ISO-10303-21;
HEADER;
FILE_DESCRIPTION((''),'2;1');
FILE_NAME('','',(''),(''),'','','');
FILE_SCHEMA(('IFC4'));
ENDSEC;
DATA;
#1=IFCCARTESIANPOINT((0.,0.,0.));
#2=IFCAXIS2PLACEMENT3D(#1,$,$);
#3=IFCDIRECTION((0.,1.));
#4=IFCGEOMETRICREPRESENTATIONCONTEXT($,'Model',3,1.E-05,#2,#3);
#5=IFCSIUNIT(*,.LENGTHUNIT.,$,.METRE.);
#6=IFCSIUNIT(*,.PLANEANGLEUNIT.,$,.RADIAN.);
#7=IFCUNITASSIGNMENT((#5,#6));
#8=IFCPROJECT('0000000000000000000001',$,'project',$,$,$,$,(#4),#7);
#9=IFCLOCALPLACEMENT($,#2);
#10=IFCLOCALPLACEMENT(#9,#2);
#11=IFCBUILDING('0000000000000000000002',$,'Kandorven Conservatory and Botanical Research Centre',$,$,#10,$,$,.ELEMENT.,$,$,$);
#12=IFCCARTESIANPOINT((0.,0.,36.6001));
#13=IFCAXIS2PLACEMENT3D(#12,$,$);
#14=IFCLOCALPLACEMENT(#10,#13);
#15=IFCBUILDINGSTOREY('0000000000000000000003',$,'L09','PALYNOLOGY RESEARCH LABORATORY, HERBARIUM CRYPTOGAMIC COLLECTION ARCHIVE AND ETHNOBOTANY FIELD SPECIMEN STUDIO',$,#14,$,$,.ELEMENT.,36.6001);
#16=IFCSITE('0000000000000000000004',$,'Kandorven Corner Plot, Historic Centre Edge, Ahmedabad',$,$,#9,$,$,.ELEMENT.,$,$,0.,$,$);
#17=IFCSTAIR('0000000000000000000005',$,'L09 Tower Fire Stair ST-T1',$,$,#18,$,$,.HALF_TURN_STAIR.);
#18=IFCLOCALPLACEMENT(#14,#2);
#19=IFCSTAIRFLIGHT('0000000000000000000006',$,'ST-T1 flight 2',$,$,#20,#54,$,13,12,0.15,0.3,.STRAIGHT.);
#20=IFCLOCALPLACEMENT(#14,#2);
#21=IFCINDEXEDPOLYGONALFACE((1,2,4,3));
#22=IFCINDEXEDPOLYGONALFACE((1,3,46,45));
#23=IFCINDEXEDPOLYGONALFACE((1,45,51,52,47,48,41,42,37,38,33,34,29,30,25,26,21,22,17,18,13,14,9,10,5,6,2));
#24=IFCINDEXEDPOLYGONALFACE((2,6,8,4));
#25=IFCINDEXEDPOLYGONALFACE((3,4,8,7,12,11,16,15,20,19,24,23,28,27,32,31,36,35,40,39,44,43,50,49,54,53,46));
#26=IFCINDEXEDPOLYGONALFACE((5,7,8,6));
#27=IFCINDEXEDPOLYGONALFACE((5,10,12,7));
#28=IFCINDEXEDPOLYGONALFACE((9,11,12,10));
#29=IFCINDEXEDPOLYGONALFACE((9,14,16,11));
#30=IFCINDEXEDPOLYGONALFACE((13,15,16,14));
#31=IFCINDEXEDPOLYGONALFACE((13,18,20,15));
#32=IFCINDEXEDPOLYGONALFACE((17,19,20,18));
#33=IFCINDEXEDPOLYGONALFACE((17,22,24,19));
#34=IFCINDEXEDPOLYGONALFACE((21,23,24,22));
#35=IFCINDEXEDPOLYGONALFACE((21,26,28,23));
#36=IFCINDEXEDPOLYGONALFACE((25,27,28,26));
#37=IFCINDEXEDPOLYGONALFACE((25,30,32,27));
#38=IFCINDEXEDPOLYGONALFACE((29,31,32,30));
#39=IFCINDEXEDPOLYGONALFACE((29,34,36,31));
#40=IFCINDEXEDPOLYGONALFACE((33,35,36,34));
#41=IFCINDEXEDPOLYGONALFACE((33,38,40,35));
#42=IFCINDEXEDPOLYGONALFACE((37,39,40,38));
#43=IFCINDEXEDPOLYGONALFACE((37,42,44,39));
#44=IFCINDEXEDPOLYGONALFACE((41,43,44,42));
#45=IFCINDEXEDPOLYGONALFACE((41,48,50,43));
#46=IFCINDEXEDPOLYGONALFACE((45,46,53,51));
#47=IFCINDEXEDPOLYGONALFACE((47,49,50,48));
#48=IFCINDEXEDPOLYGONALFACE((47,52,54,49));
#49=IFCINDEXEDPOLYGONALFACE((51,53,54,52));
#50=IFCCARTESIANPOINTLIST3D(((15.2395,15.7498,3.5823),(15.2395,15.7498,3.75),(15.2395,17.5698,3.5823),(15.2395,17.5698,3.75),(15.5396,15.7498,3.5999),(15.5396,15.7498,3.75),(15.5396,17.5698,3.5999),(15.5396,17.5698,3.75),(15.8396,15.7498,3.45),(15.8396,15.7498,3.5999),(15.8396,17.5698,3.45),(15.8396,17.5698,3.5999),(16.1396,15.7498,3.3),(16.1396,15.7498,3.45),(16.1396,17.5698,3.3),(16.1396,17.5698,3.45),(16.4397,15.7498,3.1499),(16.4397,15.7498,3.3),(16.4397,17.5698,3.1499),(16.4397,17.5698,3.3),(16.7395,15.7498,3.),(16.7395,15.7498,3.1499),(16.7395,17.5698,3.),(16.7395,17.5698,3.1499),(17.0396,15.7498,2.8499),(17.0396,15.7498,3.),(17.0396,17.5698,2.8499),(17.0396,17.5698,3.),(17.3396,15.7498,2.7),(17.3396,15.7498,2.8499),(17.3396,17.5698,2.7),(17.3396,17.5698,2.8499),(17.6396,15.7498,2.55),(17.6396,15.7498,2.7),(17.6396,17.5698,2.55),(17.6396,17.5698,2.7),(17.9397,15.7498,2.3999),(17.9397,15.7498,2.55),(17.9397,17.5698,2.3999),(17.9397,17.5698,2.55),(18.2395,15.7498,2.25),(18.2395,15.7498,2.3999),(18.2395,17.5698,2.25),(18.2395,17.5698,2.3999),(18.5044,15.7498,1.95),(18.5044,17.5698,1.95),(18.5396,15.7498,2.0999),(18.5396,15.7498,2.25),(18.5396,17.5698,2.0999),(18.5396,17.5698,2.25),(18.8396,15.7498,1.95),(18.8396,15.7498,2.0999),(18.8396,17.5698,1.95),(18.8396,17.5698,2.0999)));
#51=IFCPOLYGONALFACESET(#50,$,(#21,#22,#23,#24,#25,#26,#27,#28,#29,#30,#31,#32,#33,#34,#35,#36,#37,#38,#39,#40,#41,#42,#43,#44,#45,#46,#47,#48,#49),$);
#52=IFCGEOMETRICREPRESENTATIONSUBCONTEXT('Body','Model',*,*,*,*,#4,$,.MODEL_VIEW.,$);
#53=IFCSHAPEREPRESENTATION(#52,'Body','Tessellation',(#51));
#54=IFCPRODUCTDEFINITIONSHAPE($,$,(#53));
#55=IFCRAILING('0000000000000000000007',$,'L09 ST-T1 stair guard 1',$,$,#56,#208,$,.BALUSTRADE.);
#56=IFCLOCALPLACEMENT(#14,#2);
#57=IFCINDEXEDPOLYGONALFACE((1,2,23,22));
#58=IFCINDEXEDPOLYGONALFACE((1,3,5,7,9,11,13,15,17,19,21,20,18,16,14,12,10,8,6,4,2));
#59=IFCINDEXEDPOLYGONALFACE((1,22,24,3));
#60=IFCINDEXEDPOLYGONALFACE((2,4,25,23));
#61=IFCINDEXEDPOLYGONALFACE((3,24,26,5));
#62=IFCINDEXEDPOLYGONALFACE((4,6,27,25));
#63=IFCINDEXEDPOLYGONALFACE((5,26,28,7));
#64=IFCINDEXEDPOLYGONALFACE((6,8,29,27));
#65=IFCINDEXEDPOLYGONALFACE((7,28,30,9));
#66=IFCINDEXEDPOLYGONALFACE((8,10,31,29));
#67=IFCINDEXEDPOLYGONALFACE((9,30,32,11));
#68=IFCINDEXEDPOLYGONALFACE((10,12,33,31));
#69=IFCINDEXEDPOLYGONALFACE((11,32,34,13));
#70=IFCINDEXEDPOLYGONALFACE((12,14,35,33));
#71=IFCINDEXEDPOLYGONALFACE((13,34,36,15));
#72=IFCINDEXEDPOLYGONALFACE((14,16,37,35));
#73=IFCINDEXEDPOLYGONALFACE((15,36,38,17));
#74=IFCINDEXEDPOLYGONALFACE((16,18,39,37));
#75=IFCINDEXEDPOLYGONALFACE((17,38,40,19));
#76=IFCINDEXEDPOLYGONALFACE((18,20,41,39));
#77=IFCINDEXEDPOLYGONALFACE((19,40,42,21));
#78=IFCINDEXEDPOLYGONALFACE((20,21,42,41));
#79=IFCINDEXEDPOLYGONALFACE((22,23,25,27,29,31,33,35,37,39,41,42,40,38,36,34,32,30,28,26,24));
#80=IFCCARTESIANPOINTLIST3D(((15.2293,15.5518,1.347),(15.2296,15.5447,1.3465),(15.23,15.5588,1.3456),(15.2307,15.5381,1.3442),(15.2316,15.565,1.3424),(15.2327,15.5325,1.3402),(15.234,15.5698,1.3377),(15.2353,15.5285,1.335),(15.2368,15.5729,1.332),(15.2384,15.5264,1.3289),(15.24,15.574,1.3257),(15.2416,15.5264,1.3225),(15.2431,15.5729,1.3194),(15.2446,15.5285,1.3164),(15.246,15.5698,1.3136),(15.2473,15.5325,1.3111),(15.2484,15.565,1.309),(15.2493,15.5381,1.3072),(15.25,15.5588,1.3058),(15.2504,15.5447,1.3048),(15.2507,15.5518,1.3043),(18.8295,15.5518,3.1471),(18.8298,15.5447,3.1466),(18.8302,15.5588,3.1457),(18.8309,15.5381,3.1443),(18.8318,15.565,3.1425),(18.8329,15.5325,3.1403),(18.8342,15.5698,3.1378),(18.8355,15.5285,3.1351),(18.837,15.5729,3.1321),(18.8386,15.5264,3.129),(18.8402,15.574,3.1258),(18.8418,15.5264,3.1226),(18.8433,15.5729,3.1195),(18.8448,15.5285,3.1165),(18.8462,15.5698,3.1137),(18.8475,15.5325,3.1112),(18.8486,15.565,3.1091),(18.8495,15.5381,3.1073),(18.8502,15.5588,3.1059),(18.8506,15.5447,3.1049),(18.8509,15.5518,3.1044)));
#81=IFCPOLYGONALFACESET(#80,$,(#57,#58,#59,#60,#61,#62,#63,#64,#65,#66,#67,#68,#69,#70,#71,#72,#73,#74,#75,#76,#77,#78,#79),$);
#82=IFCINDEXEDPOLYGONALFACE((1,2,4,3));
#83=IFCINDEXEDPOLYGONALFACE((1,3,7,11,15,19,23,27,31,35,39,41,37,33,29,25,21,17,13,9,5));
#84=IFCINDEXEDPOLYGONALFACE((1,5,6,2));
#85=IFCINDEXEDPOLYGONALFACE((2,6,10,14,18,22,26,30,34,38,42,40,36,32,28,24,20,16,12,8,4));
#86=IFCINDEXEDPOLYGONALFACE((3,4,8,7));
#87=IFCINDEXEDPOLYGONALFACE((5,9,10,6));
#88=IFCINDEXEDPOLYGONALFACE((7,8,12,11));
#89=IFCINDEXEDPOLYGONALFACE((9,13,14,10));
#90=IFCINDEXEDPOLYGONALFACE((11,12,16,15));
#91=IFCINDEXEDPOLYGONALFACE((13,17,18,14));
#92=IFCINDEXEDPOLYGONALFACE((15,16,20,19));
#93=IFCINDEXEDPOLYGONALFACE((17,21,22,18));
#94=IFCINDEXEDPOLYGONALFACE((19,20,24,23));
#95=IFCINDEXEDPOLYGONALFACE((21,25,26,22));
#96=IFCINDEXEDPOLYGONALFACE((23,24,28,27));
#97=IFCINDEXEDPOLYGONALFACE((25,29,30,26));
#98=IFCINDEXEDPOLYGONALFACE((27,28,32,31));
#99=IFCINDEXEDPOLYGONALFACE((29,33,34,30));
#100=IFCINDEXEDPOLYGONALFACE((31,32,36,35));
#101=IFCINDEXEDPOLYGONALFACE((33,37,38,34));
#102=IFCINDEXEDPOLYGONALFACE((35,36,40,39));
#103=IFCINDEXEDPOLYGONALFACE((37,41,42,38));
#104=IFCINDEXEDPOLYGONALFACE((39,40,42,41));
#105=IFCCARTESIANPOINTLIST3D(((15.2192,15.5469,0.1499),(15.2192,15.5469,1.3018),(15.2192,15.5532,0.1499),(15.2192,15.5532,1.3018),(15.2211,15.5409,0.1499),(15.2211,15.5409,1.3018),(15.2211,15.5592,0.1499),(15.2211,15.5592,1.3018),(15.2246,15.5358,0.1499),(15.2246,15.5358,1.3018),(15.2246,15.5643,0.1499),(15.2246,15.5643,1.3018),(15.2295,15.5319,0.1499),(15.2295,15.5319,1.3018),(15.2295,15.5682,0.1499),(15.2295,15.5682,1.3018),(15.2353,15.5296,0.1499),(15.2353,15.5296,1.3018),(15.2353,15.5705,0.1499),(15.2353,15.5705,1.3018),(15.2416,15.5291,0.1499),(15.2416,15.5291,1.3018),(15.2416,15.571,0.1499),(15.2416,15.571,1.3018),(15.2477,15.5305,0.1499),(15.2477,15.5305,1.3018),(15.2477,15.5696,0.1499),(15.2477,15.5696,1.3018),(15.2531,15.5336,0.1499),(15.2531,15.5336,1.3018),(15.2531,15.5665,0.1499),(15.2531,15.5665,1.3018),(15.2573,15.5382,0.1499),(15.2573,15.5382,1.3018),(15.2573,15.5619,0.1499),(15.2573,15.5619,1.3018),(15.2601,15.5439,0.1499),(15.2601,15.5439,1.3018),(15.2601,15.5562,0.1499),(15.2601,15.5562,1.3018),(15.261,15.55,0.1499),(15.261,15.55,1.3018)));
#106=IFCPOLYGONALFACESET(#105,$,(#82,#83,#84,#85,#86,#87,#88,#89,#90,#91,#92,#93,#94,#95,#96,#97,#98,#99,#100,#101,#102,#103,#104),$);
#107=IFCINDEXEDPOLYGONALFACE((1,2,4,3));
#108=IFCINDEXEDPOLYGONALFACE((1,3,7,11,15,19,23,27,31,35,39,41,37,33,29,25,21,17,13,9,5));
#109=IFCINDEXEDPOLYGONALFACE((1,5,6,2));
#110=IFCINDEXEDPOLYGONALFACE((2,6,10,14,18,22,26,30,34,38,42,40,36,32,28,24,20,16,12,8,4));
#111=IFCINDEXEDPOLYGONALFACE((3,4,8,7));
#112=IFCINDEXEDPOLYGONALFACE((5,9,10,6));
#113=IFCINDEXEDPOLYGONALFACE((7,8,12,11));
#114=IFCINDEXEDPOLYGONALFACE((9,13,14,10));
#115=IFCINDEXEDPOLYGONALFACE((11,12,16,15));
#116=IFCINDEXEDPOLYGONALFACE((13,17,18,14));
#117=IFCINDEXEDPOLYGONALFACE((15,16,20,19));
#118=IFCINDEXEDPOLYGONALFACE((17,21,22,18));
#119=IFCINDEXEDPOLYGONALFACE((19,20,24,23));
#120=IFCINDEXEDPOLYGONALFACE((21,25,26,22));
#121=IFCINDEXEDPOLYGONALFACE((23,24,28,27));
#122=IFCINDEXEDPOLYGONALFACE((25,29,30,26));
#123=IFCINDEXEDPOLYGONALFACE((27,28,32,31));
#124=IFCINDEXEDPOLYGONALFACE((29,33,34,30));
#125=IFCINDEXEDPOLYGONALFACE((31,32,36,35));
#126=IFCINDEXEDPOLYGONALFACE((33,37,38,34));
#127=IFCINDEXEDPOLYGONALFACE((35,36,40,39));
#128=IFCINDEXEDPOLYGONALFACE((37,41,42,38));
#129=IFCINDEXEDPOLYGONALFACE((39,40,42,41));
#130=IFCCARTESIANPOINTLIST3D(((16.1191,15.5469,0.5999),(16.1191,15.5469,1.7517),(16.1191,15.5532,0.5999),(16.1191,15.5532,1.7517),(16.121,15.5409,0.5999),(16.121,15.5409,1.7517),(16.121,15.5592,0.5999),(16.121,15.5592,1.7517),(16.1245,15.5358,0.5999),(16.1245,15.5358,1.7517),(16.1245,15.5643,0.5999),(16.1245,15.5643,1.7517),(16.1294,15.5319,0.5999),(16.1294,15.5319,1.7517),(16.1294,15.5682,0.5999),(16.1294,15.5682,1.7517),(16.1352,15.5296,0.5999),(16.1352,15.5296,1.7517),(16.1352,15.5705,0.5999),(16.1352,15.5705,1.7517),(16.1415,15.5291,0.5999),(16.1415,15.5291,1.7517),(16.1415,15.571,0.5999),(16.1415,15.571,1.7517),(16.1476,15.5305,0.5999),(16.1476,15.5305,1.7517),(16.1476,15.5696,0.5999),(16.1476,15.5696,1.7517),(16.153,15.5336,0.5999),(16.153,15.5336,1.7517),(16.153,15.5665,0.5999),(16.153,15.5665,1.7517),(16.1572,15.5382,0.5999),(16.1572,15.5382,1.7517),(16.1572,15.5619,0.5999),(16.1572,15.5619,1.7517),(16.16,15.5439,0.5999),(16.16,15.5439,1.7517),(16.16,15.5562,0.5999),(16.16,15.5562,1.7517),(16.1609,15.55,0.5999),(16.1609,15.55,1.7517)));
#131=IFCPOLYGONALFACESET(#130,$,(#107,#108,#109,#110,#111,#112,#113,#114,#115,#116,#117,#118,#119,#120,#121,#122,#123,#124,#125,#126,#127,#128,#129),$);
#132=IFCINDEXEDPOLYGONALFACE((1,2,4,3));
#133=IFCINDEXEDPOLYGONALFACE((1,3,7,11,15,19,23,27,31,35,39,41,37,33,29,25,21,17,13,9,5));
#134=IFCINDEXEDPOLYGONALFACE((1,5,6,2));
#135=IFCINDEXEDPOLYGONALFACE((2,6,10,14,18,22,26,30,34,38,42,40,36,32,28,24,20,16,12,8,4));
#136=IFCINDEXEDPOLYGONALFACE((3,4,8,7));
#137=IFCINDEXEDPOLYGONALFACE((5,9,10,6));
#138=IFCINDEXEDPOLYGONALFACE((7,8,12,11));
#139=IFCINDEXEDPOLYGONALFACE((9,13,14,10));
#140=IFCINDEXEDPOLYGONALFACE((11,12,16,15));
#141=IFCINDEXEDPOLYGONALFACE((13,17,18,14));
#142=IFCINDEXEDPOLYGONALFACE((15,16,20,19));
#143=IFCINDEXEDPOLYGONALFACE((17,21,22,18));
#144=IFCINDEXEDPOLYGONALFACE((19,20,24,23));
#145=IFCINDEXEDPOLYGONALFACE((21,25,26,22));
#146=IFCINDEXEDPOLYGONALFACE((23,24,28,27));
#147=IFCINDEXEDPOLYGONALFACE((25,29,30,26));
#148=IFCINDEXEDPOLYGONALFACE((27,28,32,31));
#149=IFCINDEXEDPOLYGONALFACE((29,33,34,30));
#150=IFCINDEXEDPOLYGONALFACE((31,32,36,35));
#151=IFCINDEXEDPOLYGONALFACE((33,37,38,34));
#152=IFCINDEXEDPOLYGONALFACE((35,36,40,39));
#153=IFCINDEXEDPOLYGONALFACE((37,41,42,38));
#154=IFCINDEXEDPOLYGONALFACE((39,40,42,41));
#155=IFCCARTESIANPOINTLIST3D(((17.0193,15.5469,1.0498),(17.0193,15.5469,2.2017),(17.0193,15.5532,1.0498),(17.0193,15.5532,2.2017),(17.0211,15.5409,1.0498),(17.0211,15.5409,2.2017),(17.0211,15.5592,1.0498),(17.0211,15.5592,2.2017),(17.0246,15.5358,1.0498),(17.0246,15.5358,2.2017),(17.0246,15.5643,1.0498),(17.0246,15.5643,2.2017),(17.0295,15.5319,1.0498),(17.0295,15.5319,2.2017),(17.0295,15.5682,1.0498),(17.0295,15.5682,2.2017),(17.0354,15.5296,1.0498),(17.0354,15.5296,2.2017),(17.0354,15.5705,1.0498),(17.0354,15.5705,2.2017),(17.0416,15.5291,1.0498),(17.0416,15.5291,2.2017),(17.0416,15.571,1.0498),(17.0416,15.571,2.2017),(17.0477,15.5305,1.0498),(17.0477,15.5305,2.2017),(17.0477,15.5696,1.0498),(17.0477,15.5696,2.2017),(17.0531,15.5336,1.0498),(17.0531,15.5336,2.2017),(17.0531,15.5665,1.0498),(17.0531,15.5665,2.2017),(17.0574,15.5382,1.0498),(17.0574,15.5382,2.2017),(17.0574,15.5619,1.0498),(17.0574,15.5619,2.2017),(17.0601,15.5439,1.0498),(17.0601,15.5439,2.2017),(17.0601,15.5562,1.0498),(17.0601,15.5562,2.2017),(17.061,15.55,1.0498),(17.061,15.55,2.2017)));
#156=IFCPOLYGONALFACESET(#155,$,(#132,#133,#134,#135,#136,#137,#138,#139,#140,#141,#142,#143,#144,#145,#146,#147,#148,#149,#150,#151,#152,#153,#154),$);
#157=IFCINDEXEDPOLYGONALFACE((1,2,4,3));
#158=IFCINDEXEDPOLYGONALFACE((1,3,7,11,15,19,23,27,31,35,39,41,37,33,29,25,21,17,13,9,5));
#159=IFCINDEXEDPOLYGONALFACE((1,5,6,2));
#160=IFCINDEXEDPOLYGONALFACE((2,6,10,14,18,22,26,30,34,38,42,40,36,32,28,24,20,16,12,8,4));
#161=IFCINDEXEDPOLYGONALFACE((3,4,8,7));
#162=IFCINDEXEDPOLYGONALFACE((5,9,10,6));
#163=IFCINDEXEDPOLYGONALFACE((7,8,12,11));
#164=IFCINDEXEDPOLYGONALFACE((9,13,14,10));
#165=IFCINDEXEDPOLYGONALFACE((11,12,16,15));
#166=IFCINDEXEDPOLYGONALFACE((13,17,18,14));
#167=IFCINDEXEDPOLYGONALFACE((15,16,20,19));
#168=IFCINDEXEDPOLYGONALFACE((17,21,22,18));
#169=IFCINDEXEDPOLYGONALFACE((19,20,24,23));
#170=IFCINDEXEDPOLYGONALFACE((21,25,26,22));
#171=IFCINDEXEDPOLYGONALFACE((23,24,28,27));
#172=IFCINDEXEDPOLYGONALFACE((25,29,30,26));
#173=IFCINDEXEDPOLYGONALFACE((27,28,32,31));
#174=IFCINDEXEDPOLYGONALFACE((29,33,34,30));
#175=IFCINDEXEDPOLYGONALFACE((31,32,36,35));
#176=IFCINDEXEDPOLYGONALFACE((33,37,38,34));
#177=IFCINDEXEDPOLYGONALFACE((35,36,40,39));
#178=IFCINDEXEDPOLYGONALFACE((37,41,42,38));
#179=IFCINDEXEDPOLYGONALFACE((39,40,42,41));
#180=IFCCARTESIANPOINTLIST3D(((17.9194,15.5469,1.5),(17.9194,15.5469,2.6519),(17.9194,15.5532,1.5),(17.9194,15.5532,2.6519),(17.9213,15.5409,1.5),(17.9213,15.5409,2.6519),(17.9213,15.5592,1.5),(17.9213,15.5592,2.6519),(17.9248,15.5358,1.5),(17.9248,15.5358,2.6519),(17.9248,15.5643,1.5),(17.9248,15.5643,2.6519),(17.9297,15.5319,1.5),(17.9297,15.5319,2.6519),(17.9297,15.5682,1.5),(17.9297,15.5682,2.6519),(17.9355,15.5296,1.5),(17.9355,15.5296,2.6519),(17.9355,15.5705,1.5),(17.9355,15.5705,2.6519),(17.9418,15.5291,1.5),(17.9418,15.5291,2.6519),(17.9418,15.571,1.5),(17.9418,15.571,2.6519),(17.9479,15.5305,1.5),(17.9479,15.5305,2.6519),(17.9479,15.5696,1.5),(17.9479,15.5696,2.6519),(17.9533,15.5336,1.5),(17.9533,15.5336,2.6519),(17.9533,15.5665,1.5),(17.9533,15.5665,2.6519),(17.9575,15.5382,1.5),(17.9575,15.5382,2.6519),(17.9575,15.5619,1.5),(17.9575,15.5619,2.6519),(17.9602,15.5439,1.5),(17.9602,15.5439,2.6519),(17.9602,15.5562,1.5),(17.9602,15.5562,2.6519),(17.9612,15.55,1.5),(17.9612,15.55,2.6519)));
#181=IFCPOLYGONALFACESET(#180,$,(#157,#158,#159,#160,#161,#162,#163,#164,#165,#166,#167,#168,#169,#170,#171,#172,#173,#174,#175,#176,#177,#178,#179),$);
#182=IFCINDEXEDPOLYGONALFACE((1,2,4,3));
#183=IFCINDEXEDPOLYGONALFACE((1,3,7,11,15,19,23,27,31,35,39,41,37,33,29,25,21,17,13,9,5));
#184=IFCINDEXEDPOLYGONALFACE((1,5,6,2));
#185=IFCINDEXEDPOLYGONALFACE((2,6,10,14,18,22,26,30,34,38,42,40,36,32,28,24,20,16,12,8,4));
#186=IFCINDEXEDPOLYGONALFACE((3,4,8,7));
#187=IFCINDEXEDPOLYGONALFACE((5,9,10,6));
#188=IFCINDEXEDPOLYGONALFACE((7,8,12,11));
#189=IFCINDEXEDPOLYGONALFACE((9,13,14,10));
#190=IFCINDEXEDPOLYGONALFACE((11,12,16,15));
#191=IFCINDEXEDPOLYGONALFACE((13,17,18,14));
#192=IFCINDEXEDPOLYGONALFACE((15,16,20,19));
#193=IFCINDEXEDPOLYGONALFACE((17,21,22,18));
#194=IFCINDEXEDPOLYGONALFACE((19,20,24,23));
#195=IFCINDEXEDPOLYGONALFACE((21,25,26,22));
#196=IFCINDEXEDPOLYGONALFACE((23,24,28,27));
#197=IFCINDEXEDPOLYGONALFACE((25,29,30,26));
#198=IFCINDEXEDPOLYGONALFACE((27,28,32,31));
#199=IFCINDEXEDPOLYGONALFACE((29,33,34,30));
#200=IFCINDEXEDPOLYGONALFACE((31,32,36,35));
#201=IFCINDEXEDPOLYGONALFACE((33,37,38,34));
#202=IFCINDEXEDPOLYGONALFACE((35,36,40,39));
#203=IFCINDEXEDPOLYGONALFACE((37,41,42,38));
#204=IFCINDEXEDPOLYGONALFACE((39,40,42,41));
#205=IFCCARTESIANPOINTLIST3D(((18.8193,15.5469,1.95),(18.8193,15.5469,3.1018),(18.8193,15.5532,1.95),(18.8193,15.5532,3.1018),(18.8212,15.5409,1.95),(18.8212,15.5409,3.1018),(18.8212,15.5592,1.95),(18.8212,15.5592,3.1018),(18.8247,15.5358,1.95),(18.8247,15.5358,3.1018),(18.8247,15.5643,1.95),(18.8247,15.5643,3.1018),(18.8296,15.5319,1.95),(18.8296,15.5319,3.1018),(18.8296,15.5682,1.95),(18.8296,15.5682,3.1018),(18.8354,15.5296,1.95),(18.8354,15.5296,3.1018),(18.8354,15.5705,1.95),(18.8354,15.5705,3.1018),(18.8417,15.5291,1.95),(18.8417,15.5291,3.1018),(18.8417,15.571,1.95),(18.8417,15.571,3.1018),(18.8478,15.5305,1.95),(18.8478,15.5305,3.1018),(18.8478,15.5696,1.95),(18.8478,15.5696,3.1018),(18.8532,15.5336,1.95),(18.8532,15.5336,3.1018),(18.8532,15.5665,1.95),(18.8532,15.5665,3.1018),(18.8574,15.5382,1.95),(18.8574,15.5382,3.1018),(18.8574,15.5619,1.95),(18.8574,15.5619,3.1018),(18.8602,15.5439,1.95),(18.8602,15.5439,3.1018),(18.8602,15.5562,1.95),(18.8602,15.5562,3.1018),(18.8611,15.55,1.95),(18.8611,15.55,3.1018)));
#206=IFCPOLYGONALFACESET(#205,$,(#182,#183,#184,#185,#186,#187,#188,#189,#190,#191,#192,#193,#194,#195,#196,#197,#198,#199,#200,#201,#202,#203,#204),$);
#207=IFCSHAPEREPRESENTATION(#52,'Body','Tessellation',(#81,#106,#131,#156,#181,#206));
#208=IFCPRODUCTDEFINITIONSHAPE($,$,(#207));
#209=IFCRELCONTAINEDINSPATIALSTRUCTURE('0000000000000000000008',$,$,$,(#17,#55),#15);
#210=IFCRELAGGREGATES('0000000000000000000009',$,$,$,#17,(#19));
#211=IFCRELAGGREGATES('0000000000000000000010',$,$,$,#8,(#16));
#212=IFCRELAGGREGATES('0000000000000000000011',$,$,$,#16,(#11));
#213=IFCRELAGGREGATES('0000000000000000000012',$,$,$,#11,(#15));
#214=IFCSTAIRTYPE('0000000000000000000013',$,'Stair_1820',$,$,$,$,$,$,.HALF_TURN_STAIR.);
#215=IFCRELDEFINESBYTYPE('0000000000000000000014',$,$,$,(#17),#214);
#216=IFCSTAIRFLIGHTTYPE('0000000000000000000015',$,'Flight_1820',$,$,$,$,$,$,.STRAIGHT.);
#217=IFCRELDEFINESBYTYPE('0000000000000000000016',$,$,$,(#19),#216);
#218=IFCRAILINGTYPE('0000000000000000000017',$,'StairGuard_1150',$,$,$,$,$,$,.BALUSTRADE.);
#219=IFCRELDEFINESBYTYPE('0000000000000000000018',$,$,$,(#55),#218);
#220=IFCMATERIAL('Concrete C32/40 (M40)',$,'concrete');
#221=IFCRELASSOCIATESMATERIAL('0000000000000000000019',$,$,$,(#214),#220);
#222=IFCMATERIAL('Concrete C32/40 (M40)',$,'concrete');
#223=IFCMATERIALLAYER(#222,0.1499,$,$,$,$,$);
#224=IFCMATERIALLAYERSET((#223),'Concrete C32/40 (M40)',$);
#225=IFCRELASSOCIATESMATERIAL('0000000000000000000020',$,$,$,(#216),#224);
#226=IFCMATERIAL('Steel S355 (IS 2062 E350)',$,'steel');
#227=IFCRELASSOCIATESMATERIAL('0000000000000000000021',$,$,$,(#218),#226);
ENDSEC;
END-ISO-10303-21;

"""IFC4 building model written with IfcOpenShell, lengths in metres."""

from ifc_helpers import new_model, si_unit, direction, frame, origin, origin_2d, place, context, subcontext, project, spatial, polyline, circle, outline, extrude, material, layer, layer_set, type_object, element, aggregate, save


model = new_model("IFC4")

# Units and contexts
model_context = context("Model", 3, precision=1e-05, world=origin(), true_north=direction((0.0, 1.0)))
body_context = subcontext(model_context, "Body", "Model", "MODEL_VIEW")
ifc_project = project(units=[si_unit("LENGTHUNIT", "METRE"), si_unit("PLANEANGLEUNIT", "RADIAN")], contexts=[model_context])

# Site, building, storey
site_placement = place(None, origin())
site = spatial("IfcSite", under=ifc_project, at=site_placement, Name="Kandorven Corner Plot, Historic Centre Edge, Ahmedabad", CompositionType="ELEMENT", RefElevation=0.0)
building_placement = place(site_placement, origin())
building = spatial("IfcBuilding", under=site, at=building_placement, Name="Kandorven Conservatory and Botanical Research Centre", CompositionType="ELEMENT")
storey_placement = place(building_placement, frame((0.0, 0.0, 36.6001)))
storey = spatial("IfcBuildingStorey", under=building, at=storey_placement, Name="L09", Description="PALYNOLOGY RESEARCH LABORATORY, HERBARIUM CRYPTOGAMIC COLLECTION ARCHIVE AND ETHNOBOTANY FIELD SPECIMEN STUDIO", CompositionType="ELEMENT", Elevation=36.6001)

# Stair, stair flight
ifc_material_1 = material(Name="Concrete C32/40 (M40)", Category="concrete")
stair_type = type_object("IfcStairType", Name="Stair_1820", PredefinedType="HALF_TURN_STAIR", material=ifc_material_1)
stair_placement = place(storey_placement, origin())
stair = element("IfcStair", 1, at=stair_placement, inside=storey, type_object=stair_type, Name="L09 Tower Fire Stair ST-T1", PredefinedType="HALF_TURN_STAIR")
ifc_material_2 = material(Name="Concrete C32/40 (M40)", Category="concrete")
ifc_layer_1 = layer(ifc_material_2, 0.1499)
ifc_layer_set_1 = layer_set([ifc_layer_1], Name="Concrete C32/40 (M40)")
stair_flight_type = type_object("IfcStairFlightType", Name="Flight_1820", PredefinedType="STRAIGHT", material=ifc_layer_set_1)
stair_flight_1_placement = place(storey_placement, frame((18.8396, 16.6599, 1.95), z_axis=(0.0, 0.0, 1.0), x_axis=(-1.0, 0.0, 0.0)))
stair_flight_1 = element("IfcStairFlight", 2, at=stair_flight_1_placement, type_object=stair_flight_type, Name="ST-T1 flight 2", NumberOfRisers=13, NumberOfTreads=12, PredefinedType="STRAIGHT", RiserHeight=0.15, TreadLength=0.3, context=body_context, shape_type="SweptSolid", body=[
    extrude(outline(polyline([(0.0, 0.0), (0.0, 0.1499), (0.3, 0.1499), (0.3, 0.3), (0.6001, 0.3), (0.6001, 0.45), (0.8999, 0.45), (0.8999, 0.6001), (1.2, 0.6001), (1.2, 0.75), (1.5, 0.75), (1.5, 0.8999), (1.8, 0.8999), (1.8, 1.05), (2.1001, 1.05), (2.1001, 1.2), (2.3999, 1.2), (2.3999, 1.3501), (2.7, 1.3501), (2.7, 1.5), (3.0, 1.5), (3.0, 1.6499), (3.3, 1.6499), (3.3, 1.8), (3.6001, 1.8), (3.6001, 1.95), (3.6001, 1.6323), (0.3352, 0.0), (0.0, 0.0)])), frame((0.0, 0.9102, 0.0), z_axis=(0.0, -1.0, 0.0), x_axis=(1.0, 0.0, 0.0)), (0.0, 0.0, 1.0), 1.8201),
])
aggregate(stair, [stair_flight_1])

# Railing
ifc_material_3 = material(Name="Steel S355 (IS 2062 E350)", Category="steel")
railing_type_1 = type_object("IfcRailingType", Name="StairGuard_1150", PredefinedType="BALUSTRADE", material=ifc_material_3)
railing_1_placement = place(storey_placement, frame((15.24, 15.55, 0.1499)))
element("IfcRailing", 3, at=railing_1_placement, inside=storey, type_object=railing_type_1, Name="L09 ST-T1 stair guard 1", PredefinedType="BALUSTRADE", context=body_context, shape_type="SweptSolid", body=[
    extrude(circle(Radius=0.0239, at=origin_2d()), frame((0.0, 0.0, 1.1758), z_axis=(0.894427, 0.0, 0.447214), x_axis=(0.0, 1.0, 0.0)), (0.0, 0.0, 1.0), 4.0251),
    extrude(circle(Radius=0.021, at=origin_2d()), origin(), (0.0, 0.0, 1.0), 1.1519),
    extrude(circle(Radius=0.021, at=origin_2d()), frame((0.8999, 0.0, 0.45)), (0.0, 0.0, 1.0), 1.1519),
    extrude(circle(Radius=0.021, at=origin_2d()), frame((1.8, 0.0, 0.8999)), (0.0, 0.0, 1.0), 1.1519),
    extrude(circle(Radius=0.021, at=origin_2d()), frame((2.7002, 0.0, 1.3501)), (0.0, 0.0, 1.0), 1.1519),
    extrude(circle(Radius=0.021, at=origin_2d()), frame((3.6001, 0.0, 1.8)), (0.0, 0.0, 1.0), 1.1519),
])

save(model, "model.ifc")
